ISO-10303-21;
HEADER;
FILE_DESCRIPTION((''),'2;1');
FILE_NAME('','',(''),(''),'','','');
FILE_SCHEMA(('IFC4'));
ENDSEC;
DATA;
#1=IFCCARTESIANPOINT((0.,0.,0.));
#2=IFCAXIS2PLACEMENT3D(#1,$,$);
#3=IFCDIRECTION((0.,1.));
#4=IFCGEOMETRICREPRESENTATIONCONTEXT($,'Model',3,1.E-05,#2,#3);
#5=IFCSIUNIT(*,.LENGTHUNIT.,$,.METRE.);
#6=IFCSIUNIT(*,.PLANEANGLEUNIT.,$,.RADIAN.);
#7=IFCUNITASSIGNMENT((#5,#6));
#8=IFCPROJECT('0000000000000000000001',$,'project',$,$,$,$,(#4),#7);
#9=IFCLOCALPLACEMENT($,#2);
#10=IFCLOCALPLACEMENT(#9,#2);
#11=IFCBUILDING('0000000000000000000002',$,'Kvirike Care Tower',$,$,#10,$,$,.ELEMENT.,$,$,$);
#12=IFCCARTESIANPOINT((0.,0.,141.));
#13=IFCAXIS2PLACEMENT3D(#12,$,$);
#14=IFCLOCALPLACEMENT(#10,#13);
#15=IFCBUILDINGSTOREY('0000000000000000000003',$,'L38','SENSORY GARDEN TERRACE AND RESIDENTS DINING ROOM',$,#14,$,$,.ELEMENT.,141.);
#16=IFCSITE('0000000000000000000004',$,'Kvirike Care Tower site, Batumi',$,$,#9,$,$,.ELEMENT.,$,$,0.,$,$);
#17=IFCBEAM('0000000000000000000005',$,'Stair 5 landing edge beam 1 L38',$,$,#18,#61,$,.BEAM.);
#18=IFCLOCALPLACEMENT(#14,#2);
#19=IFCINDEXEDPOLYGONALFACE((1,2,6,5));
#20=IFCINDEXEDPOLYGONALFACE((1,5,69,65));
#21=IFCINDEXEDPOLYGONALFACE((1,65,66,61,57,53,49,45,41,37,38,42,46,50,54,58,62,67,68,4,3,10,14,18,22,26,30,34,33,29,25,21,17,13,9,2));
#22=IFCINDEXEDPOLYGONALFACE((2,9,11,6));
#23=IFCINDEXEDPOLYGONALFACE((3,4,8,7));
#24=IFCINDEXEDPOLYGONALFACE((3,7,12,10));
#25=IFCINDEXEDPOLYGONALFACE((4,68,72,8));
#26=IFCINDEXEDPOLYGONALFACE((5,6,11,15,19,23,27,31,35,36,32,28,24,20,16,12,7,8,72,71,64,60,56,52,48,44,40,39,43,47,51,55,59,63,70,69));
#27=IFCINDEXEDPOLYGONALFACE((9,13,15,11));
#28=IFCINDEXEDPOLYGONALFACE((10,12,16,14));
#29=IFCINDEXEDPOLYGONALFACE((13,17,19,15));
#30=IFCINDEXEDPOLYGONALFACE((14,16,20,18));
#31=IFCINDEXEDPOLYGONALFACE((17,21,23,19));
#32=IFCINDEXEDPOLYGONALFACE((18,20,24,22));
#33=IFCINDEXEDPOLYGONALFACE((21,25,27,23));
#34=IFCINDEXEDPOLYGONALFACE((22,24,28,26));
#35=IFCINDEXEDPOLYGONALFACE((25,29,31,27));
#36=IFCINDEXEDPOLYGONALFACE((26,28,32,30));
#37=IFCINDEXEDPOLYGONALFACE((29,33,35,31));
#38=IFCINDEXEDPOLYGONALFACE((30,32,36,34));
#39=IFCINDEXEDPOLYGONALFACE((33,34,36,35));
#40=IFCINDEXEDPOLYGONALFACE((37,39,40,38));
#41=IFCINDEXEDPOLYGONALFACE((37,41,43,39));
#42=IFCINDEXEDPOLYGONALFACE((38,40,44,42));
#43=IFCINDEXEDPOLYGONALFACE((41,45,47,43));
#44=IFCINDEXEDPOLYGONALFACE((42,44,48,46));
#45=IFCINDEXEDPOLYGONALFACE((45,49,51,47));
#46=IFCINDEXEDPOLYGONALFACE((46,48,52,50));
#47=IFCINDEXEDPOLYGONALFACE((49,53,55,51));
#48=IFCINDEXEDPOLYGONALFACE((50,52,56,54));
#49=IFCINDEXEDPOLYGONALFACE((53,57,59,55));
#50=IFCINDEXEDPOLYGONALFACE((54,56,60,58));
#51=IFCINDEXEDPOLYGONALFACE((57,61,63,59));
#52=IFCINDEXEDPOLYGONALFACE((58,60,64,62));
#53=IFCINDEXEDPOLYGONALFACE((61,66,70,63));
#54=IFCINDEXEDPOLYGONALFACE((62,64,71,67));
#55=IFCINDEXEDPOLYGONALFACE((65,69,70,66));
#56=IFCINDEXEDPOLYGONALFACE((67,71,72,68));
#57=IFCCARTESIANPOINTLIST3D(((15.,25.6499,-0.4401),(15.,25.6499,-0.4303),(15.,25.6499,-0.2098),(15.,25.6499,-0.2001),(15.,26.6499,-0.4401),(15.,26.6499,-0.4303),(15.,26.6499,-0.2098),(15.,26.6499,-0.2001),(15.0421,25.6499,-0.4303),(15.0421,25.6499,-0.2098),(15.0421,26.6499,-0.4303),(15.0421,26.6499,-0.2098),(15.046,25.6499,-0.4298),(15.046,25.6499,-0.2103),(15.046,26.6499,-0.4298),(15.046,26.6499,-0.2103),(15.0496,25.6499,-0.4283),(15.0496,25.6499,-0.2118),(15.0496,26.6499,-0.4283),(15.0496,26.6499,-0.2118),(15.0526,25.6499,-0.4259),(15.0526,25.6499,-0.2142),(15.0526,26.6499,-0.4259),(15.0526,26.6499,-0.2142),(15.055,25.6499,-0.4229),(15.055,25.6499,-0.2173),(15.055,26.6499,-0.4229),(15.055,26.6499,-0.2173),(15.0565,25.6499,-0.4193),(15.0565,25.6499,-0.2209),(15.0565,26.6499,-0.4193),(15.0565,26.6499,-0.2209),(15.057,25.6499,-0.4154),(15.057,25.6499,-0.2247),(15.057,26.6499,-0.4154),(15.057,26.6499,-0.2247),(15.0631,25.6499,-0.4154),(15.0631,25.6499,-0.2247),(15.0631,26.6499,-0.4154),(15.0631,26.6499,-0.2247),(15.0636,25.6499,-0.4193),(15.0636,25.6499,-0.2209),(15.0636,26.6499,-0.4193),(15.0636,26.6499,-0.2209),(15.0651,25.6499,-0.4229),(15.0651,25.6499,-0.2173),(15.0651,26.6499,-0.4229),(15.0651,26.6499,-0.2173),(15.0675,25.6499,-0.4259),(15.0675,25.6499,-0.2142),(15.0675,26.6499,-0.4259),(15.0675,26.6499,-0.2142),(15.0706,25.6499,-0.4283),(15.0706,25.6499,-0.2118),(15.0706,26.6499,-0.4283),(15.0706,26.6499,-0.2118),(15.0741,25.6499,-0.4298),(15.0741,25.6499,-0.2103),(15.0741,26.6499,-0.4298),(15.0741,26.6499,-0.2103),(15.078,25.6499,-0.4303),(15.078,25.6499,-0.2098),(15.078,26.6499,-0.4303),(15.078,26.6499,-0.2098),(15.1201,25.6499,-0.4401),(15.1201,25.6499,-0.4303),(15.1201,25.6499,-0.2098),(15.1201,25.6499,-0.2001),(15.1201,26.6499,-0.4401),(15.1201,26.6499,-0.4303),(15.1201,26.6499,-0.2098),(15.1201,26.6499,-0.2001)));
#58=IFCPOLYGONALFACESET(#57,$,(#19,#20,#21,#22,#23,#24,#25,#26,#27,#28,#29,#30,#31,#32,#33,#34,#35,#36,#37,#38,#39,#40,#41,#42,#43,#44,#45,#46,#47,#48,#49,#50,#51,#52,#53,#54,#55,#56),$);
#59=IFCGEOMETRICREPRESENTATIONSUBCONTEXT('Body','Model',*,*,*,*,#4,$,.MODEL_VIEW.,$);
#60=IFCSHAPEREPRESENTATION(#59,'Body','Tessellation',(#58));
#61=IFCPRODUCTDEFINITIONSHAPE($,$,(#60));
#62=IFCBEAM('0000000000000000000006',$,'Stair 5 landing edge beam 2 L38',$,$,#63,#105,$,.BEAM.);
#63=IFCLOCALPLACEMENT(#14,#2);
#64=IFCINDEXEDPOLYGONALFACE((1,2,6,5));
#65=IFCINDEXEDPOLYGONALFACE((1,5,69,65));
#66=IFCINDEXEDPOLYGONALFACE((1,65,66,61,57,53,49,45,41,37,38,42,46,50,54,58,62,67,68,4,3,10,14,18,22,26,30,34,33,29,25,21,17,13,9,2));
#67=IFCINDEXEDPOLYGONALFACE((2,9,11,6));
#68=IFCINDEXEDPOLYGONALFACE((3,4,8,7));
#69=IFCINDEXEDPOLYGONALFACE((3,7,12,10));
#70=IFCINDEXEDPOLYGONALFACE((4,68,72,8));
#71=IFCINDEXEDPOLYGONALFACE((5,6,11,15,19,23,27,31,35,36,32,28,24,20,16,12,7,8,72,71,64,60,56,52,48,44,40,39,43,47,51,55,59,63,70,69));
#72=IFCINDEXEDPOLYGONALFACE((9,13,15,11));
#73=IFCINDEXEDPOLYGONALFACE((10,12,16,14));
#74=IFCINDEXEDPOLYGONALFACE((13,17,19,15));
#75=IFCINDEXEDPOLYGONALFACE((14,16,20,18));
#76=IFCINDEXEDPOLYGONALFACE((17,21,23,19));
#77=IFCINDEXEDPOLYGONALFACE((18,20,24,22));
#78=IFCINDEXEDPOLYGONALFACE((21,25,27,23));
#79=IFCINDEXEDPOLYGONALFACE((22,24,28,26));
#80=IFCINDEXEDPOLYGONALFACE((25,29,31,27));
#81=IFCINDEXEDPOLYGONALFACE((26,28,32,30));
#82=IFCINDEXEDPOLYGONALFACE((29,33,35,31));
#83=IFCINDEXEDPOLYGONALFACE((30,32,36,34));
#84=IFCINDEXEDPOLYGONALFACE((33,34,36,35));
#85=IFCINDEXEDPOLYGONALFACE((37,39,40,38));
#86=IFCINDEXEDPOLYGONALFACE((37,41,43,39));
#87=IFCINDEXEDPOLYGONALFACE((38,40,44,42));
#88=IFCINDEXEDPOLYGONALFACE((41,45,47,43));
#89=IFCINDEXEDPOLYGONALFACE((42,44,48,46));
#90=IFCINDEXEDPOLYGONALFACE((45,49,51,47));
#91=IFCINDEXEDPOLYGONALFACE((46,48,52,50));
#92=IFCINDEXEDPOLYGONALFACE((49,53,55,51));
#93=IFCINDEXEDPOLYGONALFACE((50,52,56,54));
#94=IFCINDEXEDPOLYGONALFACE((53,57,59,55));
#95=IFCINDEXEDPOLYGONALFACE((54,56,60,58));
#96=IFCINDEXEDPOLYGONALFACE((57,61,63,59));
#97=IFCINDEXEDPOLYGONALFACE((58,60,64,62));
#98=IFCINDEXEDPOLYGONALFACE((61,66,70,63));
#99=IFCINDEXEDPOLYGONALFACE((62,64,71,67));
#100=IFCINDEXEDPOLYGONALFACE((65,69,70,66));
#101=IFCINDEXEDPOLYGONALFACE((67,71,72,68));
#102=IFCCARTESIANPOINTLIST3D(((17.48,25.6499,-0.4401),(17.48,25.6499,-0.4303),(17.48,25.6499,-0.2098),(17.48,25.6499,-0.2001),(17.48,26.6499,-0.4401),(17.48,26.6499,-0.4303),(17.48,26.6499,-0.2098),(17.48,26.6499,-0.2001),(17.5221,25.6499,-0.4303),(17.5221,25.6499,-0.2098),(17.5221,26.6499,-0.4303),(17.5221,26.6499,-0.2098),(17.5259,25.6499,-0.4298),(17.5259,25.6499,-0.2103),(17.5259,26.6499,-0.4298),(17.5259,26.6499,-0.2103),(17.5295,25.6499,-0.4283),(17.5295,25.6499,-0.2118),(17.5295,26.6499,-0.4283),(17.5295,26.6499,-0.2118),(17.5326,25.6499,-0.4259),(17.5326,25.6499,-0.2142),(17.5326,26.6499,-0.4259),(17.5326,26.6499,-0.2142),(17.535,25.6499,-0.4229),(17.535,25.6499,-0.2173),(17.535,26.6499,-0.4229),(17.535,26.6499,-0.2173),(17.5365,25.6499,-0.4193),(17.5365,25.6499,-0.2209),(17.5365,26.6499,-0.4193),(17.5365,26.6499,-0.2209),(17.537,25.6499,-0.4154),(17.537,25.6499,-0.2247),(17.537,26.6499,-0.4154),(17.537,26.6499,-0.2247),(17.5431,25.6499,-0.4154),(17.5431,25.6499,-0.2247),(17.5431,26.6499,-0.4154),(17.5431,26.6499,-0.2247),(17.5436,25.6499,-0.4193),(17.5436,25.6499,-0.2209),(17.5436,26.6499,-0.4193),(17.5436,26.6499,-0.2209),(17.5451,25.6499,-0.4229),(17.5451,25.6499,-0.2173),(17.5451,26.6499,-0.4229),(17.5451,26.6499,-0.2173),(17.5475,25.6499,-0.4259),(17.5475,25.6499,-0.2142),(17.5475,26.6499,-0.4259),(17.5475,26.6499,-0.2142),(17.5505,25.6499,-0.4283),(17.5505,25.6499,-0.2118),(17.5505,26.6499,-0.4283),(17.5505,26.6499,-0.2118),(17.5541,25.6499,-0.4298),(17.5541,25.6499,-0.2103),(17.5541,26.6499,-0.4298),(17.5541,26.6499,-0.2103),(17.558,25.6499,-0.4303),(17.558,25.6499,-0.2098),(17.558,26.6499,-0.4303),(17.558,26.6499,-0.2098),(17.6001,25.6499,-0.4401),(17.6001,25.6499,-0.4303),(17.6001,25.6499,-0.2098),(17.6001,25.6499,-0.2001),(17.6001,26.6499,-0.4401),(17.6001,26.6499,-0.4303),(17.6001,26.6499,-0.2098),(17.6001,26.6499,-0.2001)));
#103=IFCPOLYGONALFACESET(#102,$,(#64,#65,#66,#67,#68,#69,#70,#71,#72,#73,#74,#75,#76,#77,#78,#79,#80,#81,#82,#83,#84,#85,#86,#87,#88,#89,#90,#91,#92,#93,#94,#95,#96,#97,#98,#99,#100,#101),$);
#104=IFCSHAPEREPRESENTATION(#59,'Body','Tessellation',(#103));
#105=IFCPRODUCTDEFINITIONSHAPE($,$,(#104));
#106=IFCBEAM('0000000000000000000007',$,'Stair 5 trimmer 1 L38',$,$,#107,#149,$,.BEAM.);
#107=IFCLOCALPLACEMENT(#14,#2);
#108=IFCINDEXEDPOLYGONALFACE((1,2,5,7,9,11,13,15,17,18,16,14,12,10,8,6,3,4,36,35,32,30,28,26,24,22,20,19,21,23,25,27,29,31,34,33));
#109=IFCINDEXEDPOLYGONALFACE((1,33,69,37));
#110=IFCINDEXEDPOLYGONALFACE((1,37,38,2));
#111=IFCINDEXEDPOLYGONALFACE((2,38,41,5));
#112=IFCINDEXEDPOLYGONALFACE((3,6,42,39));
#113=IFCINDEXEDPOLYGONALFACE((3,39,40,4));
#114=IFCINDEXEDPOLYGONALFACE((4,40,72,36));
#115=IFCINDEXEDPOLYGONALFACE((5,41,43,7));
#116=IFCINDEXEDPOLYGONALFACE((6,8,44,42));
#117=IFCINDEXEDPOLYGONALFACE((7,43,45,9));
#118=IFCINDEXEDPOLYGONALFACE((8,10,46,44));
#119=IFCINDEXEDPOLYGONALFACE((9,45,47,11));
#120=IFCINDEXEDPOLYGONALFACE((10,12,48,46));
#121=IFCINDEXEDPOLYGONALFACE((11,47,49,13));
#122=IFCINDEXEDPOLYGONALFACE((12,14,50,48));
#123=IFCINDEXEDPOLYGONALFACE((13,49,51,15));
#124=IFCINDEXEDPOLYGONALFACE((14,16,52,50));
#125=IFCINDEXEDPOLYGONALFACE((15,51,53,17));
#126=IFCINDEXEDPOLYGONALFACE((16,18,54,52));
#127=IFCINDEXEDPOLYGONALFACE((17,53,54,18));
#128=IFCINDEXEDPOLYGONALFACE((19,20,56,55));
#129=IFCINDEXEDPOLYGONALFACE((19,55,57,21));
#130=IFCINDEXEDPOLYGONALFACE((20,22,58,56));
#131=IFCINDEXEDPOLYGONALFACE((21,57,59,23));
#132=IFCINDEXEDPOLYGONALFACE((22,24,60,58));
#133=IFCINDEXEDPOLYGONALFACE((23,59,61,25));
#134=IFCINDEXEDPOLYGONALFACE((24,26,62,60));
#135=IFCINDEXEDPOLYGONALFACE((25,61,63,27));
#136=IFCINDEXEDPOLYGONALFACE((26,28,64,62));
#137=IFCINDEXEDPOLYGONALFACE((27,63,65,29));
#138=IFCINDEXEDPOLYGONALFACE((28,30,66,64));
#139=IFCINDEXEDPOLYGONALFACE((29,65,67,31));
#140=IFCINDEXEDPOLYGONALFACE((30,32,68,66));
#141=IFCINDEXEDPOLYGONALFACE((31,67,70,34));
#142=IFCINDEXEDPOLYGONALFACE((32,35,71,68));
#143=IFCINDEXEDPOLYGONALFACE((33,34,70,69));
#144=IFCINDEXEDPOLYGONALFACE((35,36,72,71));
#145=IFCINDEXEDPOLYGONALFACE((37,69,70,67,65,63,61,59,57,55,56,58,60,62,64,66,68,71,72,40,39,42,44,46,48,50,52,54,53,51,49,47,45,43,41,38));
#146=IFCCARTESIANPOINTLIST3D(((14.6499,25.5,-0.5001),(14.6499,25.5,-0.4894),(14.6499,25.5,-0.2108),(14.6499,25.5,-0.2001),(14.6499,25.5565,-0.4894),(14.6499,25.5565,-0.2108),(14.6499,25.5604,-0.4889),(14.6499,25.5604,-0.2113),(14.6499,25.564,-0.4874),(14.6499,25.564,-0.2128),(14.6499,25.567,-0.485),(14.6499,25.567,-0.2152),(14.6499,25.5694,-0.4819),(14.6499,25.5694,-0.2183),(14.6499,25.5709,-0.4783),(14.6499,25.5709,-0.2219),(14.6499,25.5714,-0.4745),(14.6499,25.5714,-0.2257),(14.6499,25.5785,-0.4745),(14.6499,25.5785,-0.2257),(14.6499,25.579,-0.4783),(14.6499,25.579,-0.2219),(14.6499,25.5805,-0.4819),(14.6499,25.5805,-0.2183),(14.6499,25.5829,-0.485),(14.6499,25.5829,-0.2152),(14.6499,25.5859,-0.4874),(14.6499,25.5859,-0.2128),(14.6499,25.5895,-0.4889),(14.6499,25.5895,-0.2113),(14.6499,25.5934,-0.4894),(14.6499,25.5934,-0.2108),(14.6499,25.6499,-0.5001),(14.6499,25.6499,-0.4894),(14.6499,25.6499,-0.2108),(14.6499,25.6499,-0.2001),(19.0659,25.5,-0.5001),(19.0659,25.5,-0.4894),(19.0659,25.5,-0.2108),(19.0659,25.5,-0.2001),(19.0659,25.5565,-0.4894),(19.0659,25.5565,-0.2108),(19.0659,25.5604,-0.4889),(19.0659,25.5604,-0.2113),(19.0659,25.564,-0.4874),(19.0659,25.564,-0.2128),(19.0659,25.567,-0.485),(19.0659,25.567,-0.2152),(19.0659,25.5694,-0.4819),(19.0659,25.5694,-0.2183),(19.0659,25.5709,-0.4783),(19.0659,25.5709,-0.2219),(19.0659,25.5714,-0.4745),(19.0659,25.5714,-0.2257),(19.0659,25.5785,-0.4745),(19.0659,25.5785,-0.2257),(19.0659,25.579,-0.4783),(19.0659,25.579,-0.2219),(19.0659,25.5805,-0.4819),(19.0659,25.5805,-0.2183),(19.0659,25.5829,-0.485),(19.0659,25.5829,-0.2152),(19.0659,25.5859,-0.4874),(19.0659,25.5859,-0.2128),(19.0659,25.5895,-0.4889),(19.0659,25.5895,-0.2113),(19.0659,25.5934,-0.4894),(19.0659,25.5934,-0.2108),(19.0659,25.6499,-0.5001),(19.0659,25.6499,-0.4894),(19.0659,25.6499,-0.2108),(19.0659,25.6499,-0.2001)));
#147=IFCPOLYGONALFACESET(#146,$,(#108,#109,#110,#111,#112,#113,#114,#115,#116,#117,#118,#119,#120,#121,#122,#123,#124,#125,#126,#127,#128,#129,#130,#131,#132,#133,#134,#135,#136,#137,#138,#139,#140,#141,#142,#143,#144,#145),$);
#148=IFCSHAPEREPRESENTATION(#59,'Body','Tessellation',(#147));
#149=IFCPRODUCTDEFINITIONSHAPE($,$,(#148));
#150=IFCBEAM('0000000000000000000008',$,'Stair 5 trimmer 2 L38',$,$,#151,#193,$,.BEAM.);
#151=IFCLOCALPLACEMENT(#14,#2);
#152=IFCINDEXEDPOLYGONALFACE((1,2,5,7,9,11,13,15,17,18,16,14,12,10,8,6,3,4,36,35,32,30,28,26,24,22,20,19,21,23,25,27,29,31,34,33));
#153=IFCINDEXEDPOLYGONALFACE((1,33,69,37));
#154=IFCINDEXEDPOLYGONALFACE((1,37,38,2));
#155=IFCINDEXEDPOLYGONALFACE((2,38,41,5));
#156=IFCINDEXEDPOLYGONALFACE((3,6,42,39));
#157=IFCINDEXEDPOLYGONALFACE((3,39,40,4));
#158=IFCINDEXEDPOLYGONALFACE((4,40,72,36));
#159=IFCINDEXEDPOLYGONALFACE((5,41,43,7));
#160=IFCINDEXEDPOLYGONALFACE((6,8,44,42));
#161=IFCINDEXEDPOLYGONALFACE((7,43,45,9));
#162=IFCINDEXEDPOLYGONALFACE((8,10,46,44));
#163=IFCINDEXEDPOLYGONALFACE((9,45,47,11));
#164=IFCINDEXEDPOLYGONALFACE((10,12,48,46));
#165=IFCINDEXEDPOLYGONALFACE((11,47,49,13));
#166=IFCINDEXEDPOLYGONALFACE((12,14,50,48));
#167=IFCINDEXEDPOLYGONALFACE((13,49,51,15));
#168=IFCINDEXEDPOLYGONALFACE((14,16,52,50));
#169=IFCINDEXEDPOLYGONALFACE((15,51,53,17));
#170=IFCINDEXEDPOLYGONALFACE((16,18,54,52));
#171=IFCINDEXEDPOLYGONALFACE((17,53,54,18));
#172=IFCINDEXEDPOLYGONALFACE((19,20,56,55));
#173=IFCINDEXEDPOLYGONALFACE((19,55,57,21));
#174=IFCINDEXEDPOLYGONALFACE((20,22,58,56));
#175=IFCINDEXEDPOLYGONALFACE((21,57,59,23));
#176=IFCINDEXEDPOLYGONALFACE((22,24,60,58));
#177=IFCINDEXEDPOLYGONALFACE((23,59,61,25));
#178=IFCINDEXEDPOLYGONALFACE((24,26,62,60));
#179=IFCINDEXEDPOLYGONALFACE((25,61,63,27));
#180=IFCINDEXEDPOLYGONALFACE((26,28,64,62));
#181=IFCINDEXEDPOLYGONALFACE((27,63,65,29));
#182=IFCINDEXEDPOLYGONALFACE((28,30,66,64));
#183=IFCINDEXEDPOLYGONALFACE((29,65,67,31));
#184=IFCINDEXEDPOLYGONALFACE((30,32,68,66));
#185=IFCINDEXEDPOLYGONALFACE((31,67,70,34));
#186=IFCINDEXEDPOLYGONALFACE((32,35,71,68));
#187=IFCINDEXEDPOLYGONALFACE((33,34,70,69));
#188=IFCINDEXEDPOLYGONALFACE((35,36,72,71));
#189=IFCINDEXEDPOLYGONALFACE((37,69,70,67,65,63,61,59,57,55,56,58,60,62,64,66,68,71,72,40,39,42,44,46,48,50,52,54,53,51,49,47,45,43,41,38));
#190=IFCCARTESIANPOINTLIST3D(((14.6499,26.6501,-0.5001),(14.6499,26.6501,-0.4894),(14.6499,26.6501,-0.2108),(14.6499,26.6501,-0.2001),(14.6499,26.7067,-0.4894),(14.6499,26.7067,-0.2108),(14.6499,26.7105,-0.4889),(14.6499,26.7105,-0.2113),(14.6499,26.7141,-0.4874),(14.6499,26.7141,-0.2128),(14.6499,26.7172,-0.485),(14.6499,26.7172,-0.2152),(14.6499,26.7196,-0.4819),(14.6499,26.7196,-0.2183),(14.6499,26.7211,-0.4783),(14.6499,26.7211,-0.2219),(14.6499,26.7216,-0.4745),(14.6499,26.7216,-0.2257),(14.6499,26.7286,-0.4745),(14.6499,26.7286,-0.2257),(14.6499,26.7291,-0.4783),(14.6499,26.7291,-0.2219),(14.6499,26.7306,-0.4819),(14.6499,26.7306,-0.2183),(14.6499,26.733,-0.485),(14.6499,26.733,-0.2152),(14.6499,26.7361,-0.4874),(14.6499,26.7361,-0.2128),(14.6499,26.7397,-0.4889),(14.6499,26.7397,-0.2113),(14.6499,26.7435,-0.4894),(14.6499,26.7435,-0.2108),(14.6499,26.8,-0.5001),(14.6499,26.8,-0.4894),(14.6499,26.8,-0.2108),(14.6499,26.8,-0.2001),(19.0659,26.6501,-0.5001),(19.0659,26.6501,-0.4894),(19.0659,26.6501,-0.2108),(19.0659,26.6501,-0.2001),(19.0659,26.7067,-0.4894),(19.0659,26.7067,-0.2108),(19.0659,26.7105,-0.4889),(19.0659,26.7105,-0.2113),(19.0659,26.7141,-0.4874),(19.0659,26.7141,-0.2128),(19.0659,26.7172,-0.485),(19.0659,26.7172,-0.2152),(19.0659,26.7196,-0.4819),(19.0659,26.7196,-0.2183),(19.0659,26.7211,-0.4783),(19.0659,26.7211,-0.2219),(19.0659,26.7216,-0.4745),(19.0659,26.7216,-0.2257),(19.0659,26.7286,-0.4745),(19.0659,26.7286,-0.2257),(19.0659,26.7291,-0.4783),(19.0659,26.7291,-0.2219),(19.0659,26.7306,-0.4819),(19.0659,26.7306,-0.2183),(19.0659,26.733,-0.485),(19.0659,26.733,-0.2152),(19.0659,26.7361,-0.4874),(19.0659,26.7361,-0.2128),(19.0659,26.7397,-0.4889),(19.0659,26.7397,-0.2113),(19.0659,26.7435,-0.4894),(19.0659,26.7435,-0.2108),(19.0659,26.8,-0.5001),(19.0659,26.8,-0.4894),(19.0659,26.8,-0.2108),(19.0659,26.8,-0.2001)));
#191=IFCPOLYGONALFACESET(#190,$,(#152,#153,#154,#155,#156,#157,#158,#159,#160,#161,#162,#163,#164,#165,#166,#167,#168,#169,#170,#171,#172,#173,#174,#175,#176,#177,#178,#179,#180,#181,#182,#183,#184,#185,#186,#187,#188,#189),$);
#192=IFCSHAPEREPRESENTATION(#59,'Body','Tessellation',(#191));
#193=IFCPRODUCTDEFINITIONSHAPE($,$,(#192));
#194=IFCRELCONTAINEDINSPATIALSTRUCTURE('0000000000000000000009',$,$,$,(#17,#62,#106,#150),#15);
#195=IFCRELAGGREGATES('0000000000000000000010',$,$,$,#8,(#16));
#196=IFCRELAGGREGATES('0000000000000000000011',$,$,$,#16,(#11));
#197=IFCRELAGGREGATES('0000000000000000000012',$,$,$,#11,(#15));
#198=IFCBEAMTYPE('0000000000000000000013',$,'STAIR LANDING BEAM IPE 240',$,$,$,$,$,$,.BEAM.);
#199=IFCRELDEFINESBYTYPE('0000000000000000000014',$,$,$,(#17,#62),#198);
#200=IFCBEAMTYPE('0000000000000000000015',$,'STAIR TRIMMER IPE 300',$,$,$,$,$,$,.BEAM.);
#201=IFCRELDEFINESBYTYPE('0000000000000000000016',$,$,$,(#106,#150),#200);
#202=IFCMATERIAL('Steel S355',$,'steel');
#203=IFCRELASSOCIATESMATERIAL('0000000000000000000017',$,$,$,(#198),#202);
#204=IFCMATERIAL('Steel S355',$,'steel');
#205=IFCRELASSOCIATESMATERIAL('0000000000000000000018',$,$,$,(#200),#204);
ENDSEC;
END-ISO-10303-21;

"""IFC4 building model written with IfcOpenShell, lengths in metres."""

from ifc_helpers import new_model, si_unit, direction, frame, origin, origin_2d, place, context, subcontext, project, spatial, i_section, extrude, material, material_profile, profile_set, type_object, element, save


model = new_model("IFC4")

# Units and contexts
model_context = context("Model", 3, precision=1e-05, world=origin(), true_north=direction((0.0, 1.0)))
body_context = subcontext(model_context, "Body", "Model", "MODEL_VIEW")
ifc_project = project(units=[si_unit("LENGTHUNIT", "METRE"), si_unit("PLANEANGLEUNIT", "RADIAN")], contexts=[model_context])

# Site, building, storey
site_placement = place(None, origin())
site = spatial("IfcSite", under=ifc_project, at=site_placement, Name="Kvirike Care Tower site, Batumi", CompositionType="ELEMENT", RefElevation=0.0)
building_placement = place(site_placement, origin())
building = spatial("IfcBuilding", under=site, at=building_placement, Name="Kvirike Care Tower", CompositionType="ELEMENT")
storey_placement = place(building_placement, frame((0.0, 0.0, 141.0)))
storey = spatial("IfcBuildingStorey", under=building, at=storey_placement, Name="L38", Description="SENSORY GARDEN TERRACE AND RESIDENTS DINING ROOM", CompositionType="ELEMENT", Elevation=141.0)

# Beams
ifc_material_1 = material(Name="Steel S355", Category="steel")
ifc_material_profile_1 = material_profile(ifc_material_1, i_section(OverallWidth=0.1201, OverallDepth=0.24, WebThickness=0.0061, FlangeThickness=0.0098, FilletRadius=0.0149, at=origin_2d()), Name="IPE 240")
ifc_profile_set_1 = profile_set([ifc_material_profile_1], Name="Steel S355")
beam_type_1 = type_object("IfcBeamType", Name="STAIR LANDING BEAM IPE 240", PredefinedType="BEAM", material=ifc_profile_set_1)
for number, where, z_axis, x_axis, name in (
    (1, (15.0601, 25.6499, -0.3201), (0.0, 1.0, 0.0), (-1.0, 0.0, 0.0), "Stair 5 landing edge beam 1 L38"),
    (2, (17.54, 25.6499, -0.3201), (0.0, 1.0, 0.0), (-1.0, 0.0, 0.0), "Stair 5 landing edge beam 2 L38"),
):
    element("IfcBeam", number, at=place(storey_placement, frame(where, z_axis=z_axis, x_axis=x_axis)), inside=storey, type_object=beam_type_1, Name=name, PredefinedType="BEAM", context=body_context, shape_type="SweptSolid", body=[
        extrude(i_section(OverallWidth=0.1201, OverallDepth=0.24, WebThickness=0.0061, FlangeThickness=0.0098, FilletRadius=0.0149, at=origin_2d()), origin(), (0.0, 0.0, 1.0), 1.0),
    ])
ifc_material_2 = material(Name="Steel S355", Category="steel")
ifc_material_profile_2 = material_profile(ifc_material_2, i_section(OverallWidth=0.1499, OverallDepth=0.3, WebThickness=0.0071, FlangeThickness=0.0107, FilletRadius=0.0149, at=origin_2d()), Name="IPE 300")
ifc_profile_set_2 = profile_set([ifc_material_profile_2], Name="Steel S355")
beam_type_2 = type_object("IfcBeamType", Name="STAIR TRIMMER IPE 300", PredefinedType="BEAM", material=ifc_profile_set_2)
for number, where, z_axis, x_axis, name in (
    (3, (14.6499, 25.575, -0.3501), (1.0, 0.0, 0.0), (0.0, 1.0, 0.0), "Stair 5 trimmer 1 L38"),
    (4, (14.6499, 26.7251, -0.3501), (1.0, 0.0, 0.0), (0.0, 1.0, 0.0), "Stair 5 trimmer 2 L38"),
):
    element("IfcBeam", number, at=place(storey_placement, frame(where, z_axis=z_axis, x_axis=x_axis)), inside=storey, type_object=beam_type_2, Name=name, PredefinedType="BEAM", context=body_context, shape_type="SweptSolid", body=[
        extrude(i_section(OverallWidth=0.1499, OverallDepth=0.3, WebThickness=0.0071, FlangeThickness=0.0107, FilletRadius=0.0149, at=origin_2d()), origin(), (0.0, 0.0, 1.0), 4.416),
    ])

save(model, "model.ifc")
